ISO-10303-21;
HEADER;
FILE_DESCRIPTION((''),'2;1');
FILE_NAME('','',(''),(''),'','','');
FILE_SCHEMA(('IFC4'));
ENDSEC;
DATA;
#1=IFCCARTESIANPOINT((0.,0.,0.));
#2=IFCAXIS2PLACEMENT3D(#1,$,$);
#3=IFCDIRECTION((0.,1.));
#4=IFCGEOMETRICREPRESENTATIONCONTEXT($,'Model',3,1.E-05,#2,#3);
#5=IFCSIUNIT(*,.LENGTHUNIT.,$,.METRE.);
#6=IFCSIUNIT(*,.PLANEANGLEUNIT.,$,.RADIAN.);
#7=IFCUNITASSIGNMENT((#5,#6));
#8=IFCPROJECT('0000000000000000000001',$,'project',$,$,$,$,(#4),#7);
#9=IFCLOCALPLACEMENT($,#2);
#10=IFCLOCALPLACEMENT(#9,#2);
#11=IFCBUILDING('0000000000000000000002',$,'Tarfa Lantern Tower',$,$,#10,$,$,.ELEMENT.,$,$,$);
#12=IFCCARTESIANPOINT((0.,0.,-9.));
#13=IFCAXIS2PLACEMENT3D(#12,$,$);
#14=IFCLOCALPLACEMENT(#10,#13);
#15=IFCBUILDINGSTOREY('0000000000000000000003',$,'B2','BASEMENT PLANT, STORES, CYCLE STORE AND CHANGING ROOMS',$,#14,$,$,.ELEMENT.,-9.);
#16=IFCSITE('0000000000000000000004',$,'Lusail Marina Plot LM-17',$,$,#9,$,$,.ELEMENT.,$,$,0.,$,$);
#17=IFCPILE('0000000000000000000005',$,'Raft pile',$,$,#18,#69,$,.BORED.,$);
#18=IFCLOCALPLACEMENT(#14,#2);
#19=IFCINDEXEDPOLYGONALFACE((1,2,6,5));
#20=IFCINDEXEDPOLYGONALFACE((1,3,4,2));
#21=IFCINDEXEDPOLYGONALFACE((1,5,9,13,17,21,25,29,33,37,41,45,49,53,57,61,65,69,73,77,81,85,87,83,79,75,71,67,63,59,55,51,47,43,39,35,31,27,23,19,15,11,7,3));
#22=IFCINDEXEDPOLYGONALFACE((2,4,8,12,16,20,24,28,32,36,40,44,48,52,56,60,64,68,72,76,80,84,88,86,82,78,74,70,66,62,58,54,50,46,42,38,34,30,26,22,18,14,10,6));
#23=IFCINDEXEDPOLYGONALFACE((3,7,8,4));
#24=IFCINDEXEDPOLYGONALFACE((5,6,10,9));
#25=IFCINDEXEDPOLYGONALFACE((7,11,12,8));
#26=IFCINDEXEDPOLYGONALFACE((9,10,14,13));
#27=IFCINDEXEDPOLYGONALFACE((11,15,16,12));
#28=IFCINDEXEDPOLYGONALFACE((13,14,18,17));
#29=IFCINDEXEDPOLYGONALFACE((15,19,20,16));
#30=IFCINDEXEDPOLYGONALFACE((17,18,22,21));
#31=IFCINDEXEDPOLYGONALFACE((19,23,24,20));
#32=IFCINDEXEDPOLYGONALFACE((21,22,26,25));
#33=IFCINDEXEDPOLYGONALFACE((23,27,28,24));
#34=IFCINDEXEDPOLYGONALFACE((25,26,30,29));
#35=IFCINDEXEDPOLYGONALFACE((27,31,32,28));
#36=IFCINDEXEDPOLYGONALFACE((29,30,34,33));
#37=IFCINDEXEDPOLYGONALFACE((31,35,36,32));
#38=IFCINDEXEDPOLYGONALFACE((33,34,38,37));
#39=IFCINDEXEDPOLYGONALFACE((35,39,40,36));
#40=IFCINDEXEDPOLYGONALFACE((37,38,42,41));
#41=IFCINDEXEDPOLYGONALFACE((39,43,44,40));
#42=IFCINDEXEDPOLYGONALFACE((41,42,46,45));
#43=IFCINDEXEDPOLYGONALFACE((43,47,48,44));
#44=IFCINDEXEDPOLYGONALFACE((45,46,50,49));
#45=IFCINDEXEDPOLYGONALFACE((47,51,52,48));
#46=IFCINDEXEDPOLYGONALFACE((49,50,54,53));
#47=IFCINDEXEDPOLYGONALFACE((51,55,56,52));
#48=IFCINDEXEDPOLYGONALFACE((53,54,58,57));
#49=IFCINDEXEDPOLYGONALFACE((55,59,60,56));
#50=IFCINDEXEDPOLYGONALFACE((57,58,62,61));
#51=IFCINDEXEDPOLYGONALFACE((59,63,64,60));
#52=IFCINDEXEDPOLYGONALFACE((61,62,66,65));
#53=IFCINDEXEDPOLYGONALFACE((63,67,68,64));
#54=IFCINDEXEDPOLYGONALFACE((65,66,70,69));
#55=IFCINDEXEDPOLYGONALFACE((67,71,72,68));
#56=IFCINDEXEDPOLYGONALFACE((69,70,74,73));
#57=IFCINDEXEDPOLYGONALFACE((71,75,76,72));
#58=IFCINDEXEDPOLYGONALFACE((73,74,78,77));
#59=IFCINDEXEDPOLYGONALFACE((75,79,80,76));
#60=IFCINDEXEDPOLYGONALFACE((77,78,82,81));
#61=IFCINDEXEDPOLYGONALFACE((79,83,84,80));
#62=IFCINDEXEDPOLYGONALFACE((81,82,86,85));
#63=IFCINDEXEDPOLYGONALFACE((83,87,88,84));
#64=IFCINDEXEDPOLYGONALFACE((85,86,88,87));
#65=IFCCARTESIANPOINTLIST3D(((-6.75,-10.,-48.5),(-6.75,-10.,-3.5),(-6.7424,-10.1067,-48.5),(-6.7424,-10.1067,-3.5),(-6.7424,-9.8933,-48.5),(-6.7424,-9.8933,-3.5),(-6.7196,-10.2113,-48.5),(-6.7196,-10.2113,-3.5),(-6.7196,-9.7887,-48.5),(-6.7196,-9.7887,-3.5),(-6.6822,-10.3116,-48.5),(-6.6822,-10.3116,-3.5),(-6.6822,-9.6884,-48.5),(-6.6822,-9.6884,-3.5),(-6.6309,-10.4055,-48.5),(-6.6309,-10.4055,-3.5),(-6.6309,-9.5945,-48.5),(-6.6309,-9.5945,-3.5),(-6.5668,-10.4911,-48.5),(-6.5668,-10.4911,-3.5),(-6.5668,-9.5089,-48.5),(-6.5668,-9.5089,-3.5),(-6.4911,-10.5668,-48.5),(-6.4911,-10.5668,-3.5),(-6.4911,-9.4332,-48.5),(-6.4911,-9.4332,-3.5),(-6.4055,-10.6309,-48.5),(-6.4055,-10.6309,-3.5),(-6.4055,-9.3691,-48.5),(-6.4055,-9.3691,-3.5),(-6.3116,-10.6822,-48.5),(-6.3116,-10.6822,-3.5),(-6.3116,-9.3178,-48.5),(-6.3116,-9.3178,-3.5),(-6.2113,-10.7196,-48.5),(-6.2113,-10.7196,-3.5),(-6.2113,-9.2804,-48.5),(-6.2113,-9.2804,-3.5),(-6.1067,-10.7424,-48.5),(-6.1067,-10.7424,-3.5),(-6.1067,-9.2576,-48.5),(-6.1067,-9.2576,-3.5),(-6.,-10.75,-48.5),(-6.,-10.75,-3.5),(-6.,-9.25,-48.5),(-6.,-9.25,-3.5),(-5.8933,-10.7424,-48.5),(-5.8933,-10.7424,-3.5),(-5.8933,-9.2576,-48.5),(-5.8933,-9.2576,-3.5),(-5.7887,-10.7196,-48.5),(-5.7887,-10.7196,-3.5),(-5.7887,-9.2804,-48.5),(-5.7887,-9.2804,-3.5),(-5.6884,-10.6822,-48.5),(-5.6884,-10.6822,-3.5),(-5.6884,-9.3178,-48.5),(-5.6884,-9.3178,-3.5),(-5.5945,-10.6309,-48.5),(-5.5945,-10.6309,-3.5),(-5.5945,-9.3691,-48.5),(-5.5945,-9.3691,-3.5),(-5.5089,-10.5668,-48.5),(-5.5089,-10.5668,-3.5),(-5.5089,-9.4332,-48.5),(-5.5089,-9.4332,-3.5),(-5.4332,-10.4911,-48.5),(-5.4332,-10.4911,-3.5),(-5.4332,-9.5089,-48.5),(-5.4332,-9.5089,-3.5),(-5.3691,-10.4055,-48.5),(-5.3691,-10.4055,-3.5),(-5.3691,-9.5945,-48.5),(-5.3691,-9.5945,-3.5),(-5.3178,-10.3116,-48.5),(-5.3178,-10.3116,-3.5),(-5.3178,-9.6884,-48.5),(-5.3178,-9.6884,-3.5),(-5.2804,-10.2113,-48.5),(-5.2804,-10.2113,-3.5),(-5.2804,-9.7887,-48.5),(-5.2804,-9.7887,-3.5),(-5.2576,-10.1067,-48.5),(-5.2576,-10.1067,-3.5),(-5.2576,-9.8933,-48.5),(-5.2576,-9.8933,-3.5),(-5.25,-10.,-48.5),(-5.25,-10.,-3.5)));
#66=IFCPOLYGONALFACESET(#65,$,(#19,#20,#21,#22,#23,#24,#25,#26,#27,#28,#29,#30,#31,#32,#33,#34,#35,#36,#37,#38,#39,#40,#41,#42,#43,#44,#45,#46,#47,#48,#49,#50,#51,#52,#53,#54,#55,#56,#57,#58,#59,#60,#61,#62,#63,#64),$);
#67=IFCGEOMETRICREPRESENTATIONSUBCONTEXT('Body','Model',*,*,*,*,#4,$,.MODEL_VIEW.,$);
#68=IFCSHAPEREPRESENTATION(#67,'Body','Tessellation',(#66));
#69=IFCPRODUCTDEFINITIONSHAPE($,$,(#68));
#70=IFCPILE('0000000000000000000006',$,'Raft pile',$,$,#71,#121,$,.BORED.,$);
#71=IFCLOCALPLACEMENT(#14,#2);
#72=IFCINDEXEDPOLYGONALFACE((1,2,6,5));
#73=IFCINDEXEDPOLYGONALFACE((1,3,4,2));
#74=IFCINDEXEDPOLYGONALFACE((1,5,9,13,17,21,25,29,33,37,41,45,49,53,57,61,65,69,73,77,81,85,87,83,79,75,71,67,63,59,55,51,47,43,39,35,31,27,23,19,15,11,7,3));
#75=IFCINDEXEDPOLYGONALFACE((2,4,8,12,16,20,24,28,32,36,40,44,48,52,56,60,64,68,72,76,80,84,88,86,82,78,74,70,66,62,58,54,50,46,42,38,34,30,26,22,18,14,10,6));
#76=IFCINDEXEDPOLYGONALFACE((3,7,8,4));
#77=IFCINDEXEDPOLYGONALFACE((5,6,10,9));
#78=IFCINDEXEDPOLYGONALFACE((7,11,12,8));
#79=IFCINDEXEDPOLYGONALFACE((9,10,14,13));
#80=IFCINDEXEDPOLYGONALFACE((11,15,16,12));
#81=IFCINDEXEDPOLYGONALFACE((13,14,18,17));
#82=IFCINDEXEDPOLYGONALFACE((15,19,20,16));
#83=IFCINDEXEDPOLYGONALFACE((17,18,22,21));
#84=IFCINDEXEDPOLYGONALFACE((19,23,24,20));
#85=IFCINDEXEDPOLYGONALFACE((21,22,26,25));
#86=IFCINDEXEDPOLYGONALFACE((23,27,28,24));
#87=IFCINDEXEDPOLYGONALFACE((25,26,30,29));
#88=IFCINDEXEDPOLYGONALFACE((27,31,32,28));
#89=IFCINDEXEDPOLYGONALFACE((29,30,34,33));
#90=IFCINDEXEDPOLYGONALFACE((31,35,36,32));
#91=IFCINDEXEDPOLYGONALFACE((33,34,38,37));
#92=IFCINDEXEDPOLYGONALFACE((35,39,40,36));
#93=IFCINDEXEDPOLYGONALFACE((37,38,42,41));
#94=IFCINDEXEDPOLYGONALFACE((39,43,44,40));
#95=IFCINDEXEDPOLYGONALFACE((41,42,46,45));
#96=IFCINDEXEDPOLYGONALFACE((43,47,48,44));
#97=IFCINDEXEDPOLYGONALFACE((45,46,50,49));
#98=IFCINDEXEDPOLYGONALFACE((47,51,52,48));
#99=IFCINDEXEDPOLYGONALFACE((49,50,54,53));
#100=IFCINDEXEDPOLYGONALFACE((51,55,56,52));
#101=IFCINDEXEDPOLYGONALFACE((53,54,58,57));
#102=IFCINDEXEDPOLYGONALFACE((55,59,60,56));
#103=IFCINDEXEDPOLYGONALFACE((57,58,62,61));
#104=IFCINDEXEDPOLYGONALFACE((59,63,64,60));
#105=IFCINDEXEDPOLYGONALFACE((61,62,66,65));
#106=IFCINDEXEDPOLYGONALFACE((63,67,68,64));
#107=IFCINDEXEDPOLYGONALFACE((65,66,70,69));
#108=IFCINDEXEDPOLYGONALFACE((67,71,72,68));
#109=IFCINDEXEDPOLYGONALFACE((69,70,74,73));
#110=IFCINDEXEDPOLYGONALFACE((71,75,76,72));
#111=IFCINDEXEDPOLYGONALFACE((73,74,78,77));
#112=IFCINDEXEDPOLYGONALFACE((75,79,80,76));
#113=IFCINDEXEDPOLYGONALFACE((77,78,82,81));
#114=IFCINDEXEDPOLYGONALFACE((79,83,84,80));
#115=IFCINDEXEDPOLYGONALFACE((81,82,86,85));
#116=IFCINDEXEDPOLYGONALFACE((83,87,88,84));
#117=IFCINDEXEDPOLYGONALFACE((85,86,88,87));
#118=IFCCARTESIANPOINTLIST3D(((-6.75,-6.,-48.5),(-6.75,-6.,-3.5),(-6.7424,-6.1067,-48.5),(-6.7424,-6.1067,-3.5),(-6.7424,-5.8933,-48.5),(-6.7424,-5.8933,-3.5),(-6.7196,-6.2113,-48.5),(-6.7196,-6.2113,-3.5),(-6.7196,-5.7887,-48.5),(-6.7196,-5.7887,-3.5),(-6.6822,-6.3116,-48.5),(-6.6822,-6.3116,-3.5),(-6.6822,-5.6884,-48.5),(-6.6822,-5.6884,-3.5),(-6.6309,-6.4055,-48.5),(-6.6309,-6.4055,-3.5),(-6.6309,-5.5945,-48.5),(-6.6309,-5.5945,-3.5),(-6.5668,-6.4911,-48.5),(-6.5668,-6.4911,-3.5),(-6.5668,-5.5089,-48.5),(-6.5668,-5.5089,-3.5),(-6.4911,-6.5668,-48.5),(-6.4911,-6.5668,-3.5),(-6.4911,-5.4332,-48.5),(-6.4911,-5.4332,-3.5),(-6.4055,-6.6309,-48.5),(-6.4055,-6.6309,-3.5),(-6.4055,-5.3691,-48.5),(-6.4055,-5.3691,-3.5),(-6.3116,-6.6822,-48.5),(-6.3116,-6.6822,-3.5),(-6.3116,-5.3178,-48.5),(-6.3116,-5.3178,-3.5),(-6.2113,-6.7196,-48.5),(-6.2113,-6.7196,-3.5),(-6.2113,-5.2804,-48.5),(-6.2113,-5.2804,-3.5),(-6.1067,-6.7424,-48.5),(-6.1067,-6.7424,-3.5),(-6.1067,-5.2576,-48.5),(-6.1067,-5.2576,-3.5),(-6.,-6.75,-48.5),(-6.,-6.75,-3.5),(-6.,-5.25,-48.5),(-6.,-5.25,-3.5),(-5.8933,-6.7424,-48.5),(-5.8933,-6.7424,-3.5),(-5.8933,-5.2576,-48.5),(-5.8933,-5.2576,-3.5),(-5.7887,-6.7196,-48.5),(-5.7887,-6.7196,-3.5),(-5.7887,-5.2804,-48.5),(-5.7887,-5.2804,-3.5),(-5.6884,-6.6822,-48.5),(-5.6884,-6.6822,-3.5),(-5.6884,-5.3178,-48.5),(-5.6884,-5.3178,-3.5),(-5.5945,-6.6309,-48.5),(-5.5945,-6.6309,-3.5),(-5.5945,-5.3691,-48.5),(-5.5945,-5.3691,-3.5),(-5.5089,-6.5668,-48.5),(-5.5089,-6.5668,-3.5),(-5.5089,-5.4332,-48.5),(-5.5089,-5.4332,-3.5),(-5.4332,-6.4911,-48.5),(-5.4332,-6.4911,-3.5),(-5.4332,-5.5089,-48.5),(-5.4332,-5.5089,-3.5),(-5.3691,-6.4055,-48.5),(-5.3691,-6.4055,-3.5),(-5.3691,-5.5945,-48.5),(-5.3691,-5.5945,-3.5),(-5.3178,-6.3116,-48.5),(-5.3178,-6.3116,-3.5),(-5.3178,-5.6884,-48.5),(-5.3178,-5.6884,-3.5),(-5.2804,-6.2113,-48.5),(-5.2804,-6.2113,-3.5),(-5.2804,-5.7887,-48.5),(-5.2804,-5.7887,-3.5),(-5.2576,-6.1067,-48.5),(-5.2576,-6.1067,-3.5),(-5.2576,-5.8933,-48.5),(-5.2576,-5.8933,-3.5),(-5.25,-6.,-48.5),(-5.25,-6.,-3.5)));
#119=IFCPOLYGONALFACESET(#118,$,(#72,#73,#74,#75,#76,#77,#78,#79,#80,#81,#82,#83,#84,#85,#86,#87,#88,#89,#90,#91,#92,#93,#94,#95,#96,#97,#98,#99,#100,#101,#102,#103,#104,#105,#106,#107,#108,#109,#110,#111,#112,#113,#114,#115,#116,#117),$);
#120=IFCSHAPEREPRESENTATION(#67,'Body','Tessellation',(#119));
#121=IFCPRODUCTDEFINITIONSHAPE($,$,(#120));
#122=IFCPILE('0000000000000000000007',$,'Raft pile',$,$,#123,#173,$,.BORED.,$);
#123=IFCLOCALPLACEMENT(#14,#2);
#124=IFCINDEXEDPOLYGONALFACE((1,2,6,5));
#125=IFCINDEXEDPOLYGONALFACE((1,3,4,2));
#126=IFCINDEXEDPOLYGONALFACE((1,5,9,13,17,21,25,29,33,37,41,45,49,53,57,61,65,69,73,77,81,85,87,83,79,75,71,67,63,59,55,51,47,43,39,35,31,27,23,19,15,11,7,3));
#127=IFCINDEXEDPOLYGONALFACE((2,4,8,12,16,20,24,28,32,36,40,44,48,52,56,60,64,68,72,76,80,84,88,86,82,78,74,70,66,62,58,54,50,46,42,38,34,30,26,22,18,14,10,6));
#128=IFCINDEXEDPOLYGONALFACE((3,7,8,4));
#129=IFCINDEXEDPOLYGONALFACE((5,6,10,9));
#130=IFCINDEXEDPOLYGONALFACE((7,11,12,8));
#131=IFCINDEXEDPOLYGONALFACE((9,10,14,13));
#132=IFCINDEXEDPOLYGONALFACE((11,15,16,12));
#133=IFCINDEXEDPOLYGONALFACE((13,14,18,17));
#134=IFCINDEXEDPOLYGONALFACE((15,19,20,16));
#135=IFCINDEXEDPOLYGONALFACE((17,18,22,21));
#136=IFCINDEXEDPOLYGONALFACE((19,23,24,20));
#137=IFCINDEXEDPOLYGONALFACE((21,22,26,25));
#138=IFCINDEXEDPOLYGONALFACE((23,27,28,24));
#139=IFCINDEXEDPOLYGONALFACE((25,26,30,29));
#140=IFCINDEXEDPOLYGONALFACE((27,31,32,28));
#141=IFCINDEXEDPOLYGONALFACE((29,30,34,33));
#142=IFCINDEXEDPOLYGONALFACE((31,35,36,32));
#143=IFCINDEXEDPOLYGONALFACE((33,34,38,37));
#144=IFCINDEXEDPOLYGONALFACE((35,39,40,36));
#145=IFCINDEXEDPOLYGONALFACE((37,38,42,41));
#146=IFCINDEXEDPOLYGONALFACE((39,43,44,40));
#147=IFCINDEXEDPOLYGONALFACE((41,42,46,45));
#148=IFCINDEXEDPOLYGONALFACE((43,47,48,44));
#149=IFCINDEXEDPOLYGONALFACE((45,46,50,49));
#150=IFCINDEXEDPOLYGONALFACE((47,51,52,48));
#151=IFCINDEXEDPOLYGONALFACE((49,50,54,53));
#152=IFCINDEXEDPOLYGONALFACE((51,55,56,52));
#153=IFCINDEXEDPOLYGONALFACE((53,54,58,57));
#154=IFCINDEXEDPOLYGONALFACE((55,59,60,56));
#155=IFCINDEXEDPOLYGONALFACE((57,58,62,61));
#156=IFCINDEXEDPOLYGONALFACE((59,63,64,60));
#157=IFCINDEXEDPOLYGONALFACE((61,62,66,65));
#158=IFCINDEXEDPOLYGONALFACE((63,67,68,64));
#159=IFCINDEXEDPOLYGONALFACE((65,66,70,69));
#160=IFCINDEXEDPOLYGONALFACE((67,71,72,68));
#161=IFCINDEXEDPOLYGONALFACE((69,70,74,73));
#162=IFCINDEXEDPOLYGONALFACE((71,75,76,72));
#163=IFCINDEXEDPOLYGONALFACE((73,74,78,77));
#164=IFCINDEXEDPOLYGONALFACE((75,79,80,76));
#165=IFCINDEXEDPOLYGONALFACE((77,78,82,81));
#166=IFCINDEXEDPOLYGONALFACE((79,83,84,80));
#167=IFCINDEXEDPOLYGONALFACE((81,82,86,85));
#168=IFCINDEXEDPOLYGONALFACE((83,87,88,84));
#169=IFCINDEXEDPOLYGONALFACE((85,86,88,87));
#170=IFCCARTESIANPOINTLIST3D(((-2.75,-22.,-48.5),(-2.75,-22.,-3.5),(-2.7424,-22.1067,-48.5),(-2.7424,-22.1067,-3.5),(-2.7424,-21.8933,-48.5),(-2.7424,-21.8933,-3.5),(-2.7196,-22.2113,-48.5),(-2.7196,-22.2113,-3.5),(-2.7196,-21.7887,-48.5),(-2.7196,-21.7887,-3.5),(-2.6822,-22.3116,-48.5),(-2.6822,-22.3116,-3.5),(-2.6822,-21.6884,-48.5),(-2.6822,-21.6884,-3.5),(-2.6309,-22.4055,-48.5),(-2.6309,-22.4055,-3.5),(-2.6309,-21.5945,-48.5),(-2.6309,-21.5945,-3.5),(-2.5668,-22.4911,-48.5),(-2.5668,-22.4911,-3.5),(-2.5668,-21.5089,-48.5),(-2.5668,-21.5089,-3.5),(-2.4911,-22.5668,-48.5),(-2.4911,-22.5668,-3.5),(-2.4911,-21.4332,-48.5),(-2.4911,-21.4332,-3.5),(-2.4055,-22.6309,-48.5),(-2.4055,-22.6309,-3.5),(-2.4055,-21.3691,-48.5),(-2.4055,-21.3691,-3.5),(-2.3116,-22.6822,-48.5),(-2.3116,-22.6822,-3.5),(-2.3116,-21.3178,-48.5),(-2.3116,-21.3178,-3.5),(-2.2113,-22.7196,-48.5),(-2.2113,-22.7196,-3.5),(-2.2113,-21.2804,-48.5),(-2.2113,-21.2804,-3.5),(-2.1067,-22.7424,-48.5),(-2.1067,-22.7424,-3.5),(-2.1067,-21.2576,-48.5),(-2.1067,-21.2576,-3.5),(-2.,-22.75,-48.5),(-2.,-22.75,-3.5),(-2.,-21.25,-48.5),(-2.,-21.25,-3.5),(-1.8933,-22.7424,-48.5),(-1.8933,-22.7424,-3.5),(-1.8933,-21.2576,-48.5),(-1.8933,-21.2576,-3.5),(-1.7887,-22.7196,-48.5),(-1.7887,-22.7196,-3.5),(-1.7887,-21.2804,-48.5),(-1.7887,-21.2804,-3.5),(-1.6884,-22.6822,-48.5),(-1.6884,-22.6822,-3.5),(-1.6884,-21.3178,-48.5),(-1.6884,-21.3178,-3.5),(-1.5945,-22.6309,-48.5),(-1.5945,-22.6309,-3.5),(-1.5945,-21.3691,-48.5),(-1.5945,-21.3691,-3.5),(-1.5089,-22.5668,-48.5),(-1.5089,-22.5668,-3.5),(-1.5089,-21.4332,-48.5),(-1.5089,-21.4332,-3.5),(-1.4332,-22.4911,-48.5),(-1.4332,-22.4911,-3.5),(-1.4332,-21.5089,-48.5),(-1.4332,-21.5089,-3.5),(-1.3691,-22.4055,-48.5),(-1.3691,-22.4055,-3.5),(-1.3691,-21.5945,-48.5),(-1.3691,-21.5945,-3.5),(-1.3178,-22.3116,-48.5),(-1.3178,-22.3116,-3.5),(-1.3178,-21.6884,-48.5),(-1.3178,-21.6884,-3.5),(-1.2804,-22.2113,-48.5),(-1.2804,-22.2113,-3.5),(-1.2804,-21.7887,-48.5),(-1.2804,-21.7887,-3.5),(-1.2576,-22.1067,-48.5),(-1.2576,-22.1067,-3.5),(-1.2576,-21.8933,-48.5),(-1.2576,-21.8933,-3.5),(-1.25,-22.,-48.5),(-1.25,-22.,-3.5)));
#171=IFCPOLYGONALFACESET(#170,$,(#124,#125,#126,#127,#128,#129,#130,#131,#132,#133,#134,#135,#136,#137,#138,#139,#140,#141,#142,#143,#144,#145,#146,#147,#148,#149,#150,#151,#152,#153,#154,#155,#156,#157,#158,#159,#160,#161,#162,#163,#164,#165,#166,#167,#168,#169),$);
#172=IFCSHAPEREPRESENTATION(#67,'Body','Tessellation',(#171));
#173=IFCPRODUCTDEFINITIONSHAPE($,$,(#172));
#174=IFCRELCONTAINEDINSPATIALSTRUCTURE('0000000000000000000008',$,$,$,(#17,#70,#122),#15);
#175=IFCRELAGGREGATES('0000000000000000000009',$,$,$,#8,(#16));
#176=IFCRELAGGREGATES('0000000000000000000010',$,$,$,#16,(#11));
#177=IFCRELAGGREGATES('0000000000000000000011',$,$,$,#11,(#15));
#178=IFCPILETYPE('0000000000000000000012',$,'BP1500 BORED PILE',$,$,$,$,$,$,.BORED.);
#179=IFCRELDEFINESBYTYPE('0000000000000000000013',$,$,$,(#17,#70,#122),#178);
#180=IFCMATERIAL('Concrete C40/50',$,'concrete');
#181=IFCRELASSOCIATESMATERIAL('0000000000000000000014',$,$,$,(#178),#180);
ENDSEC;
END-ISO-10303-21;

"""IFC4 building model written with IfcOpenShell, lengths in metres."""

from ifc_helpers import new_model, si_unit, direction, frame, origin, origin_2d, place, context, subcontext, project, spatial, circle, extrude, material, material_profile, profile_set, type_object, element, save


model = new_model("IFC4")

# Units and contexts
model_context = context("Model", 3, precision=1e-05, world=origin(), true_north=direction((0.0, 1.0)))
body_context = subcontext(model_context, "Body", "Model", "MODEL_VIEW")
ifc_project = project(units=[si_unit("LENGTHUNIT", "METRE"), si_unit("PLANEANGLEUNIT", "RADIAN")], contexts=[model_context])

# Site, building, storey
site_placement = place(None, origin())
site = spatial("IfcSite", under=ifc_project, at=site_placement, Name="Lusail Marina Plot LM-17", CompositionType="ELEMENT", RefElevation=0.0)
building_placement = place(site_placement, origin())
building = spatial("IfcBuilding", under=site, at=building_placement, Name="Tarfa Lantern Tower", CompositionType="ELEMENT")
storey_placement = place(building_placement, frame((0.0, 0.0, -9.0)))
storey = spatial("IfcBuildingStorey", under=building, at=storey_placement, Name="B2", Description="BASEMENT PLANT, STORES, CYCLE STORE AND CHANGING ROOMS", CompositionType="ELEMENT", Elevation=-9.0)

# Piles
ifc_material_1 = material(Name="Concrete C40/50", Category="concrete")
ifc_material_profile = material_profile(ifc_material_1, circle(Radius=0.75, at=origin_2d()), Name="BORED PILE D1500")
ifc_profile_set = profile_set([ifc_material_profile], Name="Concrete C40/50")
pile_type = type_object("IfcPileType", Name="BP1500 BORED PILE", PredefinedType="BORED", material=ifc_profile_set)
for number, where, z_axis, x_axis, name in (
    (1, (-6.0, -10.0, -3.5), (0.0, 0.0, -1.0), (1.0, 0.0, 0.0), "Raft pile"),
    (2, (-6.0, -6.0, -3.5), (0.0, 0.0, -1.0), (1.0, 0.0, 0.0), "Raft pile"),
    (3, (-2.0, -22.0, -3.5), (0.0, 0.0, -1.0), (1.0, 0.0, 0.0), "Raft pile"),
):
    element("IfcPile", number, at=place(storey_placement, frame(where, z_axis=z_axis, x_axis=x_axis)), inside=storey, type_object=pile_type, Name=name, PredefinedType="BORED", context=body_context, shape_type="SweptSolid", body=[
        extrude(circle(Radius=0.75, at=origin_2d()), origin(), (0.0, 0.0, 1.0), 45.0),
    ])

save(model, "model.ifc")
